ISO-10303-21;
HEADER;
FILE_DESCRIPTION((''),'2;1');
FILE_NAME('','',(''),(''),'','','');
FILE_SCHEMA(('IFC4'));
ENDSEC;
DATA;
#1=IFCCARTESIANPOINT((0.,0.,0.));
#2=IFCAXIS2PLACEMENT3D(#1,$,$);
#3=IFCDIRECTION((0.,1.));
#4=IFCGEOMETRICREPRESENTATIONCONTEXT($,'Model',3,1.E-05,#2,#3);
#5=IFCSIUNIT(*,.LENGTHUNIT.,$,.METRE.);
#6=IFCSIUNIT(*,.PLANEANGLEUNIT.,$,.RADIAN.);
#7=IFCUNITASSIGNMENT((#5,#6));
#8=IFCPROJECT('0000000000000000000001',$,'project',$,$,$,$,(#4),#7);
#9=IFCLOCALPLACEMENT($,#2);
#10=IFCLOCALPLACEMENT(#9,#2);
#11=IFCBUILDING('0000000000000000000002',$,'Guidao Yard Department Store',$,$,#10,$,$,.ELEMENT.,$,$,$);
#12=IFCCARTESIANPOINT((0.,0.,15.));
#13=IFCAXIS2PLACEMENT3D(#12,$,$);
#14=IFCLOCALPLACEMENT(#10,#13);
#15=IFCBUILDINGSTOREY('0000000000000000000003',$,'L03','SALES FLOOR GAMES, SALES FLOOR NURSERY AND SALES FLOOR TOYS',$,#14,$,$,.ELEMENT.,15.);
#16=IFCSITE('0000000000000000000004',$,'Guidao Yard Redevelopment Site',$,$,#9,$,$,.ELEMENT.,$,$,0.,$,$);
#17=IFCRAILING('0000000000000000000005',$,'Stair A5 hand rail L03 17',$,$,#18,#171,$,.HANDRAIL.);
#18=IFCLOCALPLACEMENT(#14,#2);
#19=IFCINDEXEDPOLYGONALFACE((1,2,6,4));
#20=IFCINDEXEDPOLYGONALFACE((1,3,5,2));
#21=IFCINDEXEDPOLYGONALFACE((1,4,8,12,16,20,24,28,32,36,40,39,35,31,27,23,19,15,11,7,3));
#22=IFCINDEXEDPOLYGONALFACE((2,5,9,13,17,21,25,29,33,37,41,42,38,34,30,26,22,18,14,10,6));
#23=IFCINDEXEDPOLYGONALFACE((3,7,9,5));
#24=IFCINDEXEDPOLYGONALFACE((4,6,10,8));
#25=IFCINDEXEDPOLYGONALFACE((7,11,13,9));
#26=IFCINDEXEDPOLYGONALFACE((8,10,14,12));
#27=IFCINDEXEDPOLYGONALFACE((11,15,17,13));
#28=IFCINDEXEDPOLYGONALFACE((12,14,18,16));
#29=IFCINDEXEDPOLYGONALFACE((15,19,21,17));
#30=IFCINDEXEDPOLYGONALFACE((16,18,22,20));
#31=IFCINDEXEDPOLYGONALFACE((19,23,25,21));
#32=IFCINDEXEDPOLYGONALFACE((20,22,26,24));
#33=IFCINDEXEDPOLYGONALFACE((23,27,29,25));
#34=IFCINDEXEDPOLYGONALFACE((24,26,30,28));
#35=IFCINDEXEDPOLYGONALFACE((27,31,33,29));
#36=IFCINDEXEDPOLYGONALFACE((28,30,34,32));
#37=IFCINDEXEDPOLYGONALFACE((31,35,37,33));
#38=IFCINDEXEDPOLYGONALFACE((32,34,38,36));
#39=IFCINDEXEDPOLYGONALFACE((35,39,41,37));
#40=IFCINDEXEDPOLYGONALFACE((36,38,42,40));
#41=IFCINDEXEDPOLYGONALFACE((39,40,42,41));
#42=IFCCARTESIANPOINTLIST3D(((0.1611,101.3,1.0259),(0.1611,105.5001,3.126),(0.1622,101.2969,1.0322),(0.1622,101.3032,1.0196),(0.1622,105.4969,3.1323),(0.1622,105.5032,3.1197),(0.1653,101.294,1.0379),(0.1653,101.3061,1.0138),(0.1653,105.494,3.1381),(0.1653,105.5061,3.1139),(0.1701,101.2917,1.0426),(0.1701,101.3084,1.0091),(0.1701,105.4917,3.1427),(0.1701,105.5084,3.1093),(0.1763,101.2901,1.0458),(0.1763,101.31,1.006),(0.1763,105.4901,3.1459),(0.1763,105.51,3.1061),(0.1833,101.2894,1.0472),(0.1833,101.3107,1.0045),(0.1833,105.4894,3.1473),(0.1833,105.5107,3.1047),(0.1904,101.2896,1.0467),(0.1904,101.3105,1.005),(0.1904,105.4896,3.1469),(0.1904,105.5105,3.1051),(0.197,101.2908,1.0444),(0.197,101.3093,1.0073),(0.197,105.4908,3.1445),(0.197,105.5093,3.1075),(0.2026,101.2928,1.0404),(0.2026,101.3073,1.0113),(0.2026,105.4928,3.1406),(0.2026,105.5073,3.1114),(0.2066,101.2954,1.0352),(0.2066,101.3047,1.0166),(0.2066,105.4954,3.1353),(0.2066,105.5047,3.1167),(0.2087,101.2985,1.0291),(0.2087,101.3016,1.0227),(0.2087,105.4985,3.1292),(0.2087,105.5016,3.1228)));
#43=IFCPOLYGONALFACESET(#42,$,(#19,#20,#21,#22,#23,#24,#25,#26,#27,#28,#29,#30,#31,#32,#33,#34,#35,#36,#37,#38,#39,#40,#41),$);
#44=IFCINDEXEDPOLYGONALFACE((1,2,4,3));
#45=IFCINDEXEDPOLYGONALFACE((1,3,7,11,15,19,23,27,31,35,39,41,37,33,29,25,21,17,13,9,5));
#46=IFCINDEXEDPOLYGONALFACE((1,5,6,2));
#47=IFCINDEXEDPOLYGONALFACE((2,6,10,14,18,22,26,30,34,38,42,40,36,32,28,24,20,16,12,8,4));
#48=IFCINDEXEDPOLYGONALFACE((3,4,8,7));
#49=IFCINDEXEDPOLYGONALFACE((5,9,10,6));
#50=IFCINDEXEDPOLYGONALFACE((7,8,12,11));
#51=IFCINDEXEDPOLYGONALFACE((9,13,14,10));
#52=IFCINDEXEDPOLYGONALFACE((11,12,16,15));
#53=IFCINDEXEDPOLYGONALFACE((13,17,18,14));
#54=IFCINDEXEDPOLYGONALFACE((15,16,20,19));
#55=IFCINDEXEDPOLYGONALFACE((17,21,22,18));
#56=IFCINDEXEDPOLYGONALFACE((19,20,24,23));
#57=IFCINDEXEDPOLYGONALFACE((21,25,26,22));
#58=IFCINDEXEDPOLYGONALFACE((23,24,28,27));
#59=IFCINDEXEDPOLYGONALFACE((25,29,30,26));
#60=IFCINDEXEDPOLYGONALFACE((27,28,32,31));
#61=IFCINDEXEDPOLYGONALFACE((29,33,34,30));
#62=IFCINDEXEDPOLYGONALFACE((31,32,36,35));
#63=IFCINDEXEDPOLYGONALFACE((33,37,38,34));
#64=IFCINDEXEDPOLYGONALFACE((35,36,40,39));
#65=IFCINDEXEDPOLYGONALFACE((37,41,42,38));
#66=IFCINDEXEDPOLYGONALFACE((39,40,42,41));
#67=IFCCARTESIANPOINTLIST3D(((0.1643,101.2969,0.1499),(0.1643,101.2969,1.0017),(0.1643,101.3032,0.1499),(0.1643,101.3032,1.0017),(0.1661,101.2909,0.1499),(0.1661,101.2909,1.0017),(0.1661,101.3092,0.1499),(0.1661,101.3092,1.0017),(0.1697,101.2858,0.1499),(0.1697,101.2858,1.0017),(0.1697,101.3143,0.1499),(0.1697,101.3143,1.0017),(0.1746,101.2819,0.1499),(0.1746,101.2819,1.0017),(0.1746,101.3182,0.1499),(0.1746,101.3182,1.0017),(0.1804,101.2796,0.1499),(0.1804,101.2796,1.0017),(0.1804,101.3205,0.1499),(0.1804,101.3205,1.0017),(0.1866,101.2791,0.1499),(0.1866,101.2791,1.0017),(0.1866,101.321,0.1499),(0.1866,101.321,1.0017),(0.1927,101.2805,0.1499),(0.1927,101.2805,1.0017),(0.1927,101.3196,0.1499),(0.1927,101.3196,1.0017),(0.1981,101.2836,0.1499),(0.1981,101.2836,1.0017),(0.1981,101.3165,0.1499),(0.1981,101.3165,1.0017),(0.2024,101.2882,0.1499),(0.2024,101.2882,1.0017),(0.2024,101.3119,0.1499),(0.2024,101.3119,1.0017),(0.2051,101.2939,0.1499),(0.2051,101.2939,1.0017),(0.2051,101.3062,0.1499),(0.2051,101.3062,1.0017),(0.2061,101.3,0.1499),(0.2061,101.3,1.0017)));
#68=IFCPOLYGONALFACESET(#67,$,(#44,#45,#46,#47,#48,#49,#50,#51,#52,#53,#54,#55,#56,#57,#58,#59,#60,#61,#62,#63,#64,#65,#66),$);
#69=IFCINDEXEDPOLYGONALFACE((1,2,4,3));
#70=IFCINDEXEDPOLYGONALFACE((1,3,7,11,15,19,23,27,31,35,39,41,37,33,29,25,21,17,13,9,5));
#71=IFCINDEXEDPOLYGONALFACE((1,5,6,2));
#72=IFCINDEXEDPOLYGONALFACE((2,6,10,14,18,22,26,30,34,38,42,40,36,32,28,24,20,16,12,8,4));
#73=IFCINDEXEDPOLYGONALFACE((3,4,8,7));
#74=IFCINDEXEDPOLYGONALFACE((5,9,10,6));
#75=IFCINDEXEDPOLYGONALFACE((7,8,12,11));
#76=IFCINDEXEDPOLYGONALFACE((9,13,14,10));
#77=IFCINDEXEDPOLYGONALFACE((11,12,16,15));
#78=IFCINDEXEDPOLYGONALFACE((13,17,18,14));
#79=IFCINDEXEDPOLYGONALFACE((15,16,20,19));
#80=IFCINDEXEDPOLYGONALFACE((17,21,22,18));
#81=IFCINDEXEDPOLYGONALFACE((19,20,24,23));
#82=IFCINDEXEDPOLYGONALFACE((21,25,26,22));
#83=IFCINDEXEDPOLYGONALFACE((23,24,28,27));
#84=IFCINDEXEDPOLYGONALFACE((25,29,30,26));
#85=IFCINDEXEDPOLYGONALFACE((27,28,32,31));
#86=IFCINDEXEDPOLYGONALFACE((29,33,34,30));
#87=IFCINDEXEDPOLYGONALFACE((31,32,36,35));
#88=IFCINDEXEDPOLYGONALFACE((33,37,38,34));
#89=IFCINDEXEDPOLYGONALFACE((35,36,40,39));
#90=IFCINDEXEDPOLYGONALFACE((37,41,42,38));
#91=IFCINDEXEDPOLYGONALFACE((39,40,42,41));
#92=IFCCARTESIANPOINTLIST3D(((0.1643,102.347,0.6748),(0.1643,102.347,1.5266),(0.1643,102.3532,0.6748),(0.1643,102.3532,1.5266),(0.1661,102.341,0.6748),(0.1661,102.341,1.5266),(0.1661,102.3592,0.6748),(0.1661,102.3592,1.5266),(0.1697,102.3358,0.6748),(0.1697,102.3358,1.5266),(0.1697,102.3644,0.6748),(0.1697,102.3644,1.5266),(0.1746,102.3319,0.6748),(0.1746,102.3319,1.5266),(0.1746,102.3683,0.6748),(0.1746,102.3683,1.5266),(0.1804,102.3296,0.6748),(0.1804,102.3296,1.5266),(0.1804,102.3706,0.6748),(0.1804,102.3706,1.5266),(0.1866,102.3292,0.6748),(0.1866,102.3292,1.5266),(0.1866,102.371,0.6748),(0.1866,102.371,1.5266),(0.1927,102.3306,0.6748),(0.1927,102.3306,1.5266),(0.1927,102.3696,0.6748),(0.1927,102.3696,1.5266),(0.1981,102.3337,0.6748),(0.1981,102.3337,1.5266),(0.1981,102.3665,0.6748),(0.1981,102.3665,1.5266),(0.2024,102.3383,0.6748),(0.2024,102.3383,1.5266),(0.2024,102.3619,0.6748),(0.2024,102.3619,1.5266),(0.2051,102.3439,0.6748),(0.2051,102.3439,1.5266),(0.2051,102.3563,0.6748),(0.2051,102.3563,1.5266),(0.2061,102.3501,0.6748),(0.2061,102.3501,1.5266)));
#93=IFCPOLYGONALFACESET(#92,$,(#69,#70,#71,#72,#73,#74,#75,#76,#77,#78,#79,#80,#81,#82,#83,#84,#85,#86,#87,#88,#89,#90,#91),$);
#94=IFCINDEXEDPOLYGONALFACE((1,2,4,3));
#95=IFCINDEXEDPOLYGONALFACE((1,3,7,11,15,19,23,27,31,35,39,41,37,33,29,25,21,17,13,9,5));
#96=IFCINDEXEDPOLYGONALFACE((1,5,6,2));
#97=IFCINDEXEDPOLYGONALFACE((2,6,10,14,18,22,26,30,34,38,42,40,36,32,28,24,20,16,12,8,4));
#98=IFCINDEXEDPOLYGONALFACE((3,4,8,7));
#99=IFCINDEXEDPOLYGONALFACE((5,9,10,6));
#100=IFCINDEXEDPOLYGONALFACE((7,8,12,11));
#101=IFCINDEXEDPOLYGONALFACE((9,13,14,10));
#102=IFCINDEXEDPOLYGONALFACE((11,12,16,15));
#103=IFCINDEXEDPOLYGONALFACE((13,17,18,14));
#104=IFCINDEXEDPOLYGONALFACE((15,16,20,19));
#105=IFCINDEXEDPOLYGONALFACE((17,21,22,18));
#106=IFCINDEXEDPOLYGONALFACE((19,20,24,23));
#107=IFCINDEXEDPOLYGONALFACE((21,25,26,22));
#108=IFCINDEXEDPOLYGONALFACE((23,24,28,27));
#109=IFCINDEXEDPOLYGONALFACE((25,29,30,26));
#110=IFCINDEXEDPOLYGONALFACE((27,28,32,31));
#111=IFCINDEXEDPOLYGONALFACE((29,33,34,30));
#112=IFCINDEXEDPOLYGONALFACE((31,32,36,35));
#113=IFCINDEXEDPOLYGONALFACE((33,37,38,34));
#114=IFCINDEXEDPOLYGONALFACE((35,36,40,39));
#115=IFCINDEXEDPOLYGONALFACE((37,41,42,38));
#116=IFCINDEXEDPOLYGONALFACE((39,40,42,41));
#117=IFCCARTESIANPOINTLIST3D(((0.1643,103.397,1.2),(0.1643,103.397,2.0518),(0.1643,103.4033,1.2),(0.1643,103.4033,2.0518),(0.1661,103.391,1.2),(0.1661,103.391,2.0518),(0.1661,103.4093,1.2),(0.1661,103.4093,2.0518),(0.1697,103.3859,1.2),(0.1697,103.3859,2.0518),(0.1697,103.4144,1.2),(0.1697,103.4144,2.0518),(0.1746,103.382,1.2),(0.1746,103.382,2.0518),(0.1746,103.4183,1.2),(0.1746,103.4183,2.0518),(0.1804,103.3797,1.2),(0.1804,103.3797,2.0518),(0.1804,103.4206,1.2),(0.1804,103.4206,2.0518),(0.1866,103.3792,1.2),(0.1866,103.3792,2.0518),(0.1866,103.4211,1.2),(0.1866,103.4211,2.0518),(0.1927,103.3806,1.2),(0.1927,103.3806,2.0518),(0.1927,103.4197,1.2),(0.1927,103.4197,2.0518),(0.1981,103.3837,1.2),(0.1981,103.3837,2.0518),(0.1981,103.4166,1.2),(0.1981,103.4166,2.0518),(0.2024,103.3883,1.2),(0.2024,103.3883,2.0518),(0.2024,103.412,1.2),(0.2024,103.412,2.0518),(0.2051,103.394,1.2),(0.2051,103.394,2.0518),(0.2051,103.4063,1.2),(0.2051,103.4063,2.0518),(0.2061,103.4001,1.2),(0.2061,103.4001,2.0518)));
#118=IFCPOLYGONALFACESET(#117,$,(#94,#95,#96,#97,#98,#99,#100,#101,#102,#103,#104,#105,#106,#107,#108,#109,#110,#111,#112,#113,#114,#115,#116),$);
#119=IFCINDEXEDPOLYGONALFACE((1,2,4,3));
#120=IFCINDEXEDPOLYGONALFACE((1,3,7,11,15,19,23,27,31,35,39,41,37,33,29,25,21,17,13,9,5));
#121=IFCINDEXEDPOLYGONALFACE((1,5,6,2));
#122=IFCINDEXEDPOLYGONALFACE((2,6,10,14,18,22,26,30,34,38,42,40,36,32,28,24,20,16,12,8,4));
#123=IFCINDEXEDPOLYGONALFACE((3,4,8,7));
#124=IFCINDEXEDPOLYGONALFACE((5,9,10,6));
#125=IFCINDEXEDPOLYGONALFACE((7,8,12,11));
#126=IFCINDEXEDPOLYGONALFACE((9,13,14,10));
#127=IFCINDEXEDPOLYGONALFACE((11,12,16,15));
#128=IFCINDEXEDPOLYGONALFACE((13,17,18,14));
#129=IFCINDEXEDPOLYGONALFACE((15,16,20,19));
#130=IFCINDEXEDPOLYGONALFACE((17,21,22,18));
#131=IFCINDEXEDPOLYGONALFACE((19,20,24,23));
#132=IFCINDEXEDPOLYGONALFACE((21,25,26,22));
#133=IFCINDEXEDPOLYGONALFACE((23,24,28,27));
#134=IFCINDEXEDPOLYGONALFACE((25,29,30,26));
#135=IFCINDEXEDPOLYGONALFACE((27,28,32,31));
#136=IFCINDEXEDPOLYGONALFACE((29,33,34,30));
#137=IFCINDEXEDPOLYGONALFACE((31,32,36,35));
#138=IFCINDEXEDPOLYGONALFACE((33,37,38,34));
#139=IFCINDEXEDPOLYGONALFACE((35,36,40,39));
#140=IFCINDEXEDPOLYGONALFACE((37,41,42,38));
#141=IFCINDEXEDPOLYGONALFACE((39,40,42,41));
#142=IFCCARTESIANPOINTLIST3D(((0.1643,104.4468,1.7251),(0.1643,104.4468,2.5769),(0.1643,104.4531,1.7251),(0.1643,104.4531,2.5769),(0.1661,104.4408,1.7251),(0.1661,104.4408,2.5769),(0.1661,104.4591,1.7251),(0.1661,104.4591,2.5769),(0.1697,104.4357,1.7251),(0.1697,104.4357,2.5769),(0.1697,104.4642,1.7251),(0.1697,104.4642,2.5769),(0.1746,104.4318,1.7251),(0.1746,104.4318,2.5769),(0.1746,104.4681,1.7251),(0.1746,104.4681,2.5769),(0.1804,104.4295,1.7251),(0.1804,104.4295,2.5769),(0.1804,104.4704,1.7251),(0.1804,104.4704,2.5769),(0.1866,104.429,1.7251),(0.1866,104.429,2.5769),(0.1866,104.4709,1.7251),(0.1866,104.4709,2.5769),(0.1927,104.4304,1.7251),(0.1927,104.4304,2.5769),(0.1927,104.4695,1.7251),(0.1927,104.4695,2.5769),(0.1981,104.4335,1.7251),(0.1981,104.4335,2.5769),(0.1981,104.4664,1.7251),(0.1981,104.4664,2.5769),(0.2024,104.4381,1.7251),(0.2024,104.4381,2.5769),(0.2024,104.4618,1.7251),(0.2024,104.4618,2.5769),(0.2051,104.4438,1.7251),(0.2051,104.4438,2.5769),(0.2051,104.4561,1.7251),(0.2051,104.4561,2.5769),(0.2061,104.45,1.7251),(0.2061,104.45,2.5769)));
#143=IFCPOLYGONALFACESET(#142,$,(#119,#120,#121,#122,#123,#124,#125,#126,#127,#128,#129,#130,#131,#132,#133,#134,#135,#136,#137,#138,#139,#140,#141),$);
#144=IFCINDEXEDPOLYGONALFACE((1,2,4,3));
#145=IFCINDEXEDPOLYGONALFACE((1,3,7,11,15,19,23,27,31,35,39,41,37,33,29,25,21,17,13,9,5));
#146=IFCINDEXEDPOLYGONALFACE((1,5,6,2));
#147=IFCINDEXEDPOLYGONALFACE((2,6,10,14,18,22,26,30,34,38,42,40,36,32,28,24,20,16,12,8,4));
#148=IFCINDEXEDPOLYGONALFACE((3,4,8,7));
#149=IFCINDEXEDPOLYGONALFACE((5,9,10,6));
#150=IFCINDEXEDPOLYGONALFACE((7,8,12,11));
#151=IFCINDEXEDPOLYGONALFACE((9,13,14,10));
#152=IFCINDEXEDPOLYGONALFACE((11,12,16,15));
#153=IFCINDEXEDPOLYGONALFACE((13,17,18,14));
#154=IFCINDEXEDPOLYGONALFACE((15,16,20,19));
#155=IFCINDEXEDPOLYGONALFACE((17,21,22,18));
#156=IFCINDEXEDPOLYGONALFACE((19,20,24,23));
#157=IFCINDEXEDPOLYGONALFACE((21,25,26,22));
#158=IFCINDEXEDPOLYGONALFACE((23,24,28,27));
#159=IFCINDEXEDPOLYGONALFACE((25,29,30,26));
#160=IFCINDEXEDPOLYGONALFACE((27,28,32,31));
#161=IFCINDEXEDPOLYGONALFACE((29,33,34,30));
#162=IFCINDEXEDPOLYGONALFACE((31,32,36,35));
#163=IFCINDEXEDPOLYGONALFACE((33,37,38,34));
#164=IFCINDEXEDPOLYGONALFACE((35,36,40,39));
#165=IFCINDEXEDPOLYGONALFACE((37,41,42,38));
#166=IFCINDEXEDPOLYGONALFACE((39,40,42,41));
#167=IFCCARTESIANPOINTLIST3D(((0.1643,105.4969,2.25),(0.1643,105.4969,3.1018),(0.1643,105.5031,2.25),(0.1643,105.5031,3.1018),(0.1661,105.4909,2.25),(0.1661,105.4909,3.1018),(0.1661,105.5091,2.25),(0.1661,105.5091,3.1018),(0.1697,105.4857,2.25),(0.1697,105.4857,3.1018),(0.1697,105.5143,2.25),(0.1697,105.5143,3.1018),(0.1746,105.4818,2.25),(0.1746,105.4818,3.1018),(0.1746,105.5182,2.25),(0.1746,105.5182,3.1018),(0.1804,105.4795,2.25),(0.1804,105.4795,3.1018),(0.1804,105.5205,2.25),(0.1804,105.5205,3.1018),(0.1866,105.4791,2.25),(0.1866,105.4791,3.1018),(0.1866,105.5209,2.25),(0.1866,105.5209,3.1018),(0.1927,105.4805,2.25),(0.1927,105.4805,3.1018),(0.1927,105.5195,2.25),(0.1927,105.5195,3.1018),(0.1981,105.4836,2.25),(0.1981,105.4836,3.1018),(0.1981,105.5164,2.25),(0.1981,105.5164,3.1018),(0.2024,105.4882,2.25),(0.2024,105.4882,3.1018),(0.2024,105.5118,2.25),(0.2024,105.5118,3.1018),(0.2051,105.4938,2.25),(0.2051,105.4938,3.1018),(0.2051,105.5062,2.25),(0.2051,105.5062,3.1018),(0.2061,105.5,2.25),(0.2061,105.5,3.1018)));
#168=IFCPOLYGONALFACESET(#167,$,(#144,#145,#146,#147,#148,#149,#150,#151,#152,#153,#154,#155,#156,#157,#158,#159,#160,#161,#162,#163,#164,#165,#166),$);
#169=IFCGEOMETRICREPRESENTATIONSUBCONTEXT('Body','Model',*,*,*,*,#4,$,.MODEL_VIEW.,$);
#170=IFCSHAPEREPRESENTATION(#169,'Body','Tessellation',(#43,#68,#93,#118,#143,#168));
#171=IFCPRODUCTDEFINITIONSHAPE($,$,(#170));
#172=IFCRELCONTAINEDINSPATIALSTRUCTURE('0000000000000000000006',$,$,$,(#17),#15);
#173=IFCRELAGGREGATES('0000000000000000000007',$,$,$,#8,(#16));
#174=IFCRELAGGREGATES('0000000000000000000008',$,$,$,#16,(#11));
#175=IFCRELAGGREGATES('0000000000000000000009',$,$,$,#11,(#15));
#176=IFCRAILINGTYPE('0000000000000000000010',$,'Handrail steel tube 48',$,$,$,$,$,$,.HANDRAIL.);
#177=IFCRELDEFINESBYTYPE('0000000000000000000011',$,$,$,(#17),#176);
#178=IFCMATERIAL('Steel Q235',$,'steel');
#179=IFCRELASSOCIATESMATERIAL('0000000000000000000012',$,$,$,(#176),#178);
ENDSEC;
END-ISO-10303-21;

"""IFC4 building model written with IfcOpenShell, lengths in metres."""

from ifc_helpers import new_model, si_unit, direction, frame, origin, origin_2d, place, context, subcontext, project, spatial, circle, extrude, material, type_object, element, save


model = new_model("IFC4")

# Units and contexts
model_context = context("Model", 3, precision=1e-05, world=origin(), true_north=direction((0.0, 1.0)))
body_context = subcontext(model_context, "Body", "Model", "MODEL_VIEW")
ifc_project = project(units=[si_unit("LENGTHUNIT", "METRE"), si_unit("PLANEANGLEUNIT", "RADIAN")], contexts=[model_context])

# Site, building, storey
site_placement = place(None, origin())
site = spatial("IfcSite", under=ifc_project, at=site_placement, Name="Guidao Yard Redevelopment Site", CompositionType="ELEMENT", RefElevation=0.0)
building_placement = place(site_placement, origin())
building = spatial("IfcBuilding", under=site, at=building_placement, Name="Guidao Yard Department Store", CompositionType="ELEMENT")
storey_placement = place(building_placement, frame((0.0, 0.0, 15.0)))
storey = spatial("IfcBuildingStorey", under=building, at=storey_placement, Name="L03", Description="SALES FLOOR GAMES, SALES FLOOR NURSERY AND SALES FLOOR TOYS", CompositionType="ELEMENT", Elevation=15.0)

# Railing
ifc_material_1 = material(Name="Steel Q235", Category="steel")
railing_type_1 = type_object("IfcRailingType", Name="Handrail steel tube 48", PredefinedType="HANDRAIL", material=ifc_material_1)
for number, where, name in (
    (1, (0.1851, 101.3, 0.1499), "Stair A5 hand rail L03 17"),
):
    element("IfcRailing", number, at=place(storey_placement, frame(where)), inside=storey, type_object=railing_type_1, Name=name, PredefinedType="HANDRAIL", context=body_context, shape_type="SweptSolid", body=[
        extrude(circle(Radius=0.0239, at=origin_2d()), frame((0.0, 0.0, 0.876), z_axis=(0.0, 0.894417, 0.447234), x_axis=(-1.0, 0.0, 0.0)), (0.0, 0.0, 1.0), 4.6958),
        extrude(circle(Radius=0.021, at=origin_2d()), origin(), (0.0, 0.0, 1.0), 0.8518),
        extrude(circle(Radius=0.021, at=origin_2d()), frame((0.0, 1.05, 0.5249)), (0.0, 0.0, 1.0), 0.8518),
        extrude(circle(Radius=0.021, at=origin_2d()), frame((0.0, 2.1001, 1.05)), (0.0, 0.0, 1.0), 0.8518),
        extrude(circle(Radius=0.021, at=origin_2d()), frame((0.0, 3.1499, 1.5752)), (0.0, 0.0, 1.0), 0.8518),
        extrude(circle(Radius=0.021, at=origin_2d()), frame((0.0, 4.2, 2.1001)), (0.0, 0.0, 1.0), 0.8518),
    ])

save(model, "model.ifc")
